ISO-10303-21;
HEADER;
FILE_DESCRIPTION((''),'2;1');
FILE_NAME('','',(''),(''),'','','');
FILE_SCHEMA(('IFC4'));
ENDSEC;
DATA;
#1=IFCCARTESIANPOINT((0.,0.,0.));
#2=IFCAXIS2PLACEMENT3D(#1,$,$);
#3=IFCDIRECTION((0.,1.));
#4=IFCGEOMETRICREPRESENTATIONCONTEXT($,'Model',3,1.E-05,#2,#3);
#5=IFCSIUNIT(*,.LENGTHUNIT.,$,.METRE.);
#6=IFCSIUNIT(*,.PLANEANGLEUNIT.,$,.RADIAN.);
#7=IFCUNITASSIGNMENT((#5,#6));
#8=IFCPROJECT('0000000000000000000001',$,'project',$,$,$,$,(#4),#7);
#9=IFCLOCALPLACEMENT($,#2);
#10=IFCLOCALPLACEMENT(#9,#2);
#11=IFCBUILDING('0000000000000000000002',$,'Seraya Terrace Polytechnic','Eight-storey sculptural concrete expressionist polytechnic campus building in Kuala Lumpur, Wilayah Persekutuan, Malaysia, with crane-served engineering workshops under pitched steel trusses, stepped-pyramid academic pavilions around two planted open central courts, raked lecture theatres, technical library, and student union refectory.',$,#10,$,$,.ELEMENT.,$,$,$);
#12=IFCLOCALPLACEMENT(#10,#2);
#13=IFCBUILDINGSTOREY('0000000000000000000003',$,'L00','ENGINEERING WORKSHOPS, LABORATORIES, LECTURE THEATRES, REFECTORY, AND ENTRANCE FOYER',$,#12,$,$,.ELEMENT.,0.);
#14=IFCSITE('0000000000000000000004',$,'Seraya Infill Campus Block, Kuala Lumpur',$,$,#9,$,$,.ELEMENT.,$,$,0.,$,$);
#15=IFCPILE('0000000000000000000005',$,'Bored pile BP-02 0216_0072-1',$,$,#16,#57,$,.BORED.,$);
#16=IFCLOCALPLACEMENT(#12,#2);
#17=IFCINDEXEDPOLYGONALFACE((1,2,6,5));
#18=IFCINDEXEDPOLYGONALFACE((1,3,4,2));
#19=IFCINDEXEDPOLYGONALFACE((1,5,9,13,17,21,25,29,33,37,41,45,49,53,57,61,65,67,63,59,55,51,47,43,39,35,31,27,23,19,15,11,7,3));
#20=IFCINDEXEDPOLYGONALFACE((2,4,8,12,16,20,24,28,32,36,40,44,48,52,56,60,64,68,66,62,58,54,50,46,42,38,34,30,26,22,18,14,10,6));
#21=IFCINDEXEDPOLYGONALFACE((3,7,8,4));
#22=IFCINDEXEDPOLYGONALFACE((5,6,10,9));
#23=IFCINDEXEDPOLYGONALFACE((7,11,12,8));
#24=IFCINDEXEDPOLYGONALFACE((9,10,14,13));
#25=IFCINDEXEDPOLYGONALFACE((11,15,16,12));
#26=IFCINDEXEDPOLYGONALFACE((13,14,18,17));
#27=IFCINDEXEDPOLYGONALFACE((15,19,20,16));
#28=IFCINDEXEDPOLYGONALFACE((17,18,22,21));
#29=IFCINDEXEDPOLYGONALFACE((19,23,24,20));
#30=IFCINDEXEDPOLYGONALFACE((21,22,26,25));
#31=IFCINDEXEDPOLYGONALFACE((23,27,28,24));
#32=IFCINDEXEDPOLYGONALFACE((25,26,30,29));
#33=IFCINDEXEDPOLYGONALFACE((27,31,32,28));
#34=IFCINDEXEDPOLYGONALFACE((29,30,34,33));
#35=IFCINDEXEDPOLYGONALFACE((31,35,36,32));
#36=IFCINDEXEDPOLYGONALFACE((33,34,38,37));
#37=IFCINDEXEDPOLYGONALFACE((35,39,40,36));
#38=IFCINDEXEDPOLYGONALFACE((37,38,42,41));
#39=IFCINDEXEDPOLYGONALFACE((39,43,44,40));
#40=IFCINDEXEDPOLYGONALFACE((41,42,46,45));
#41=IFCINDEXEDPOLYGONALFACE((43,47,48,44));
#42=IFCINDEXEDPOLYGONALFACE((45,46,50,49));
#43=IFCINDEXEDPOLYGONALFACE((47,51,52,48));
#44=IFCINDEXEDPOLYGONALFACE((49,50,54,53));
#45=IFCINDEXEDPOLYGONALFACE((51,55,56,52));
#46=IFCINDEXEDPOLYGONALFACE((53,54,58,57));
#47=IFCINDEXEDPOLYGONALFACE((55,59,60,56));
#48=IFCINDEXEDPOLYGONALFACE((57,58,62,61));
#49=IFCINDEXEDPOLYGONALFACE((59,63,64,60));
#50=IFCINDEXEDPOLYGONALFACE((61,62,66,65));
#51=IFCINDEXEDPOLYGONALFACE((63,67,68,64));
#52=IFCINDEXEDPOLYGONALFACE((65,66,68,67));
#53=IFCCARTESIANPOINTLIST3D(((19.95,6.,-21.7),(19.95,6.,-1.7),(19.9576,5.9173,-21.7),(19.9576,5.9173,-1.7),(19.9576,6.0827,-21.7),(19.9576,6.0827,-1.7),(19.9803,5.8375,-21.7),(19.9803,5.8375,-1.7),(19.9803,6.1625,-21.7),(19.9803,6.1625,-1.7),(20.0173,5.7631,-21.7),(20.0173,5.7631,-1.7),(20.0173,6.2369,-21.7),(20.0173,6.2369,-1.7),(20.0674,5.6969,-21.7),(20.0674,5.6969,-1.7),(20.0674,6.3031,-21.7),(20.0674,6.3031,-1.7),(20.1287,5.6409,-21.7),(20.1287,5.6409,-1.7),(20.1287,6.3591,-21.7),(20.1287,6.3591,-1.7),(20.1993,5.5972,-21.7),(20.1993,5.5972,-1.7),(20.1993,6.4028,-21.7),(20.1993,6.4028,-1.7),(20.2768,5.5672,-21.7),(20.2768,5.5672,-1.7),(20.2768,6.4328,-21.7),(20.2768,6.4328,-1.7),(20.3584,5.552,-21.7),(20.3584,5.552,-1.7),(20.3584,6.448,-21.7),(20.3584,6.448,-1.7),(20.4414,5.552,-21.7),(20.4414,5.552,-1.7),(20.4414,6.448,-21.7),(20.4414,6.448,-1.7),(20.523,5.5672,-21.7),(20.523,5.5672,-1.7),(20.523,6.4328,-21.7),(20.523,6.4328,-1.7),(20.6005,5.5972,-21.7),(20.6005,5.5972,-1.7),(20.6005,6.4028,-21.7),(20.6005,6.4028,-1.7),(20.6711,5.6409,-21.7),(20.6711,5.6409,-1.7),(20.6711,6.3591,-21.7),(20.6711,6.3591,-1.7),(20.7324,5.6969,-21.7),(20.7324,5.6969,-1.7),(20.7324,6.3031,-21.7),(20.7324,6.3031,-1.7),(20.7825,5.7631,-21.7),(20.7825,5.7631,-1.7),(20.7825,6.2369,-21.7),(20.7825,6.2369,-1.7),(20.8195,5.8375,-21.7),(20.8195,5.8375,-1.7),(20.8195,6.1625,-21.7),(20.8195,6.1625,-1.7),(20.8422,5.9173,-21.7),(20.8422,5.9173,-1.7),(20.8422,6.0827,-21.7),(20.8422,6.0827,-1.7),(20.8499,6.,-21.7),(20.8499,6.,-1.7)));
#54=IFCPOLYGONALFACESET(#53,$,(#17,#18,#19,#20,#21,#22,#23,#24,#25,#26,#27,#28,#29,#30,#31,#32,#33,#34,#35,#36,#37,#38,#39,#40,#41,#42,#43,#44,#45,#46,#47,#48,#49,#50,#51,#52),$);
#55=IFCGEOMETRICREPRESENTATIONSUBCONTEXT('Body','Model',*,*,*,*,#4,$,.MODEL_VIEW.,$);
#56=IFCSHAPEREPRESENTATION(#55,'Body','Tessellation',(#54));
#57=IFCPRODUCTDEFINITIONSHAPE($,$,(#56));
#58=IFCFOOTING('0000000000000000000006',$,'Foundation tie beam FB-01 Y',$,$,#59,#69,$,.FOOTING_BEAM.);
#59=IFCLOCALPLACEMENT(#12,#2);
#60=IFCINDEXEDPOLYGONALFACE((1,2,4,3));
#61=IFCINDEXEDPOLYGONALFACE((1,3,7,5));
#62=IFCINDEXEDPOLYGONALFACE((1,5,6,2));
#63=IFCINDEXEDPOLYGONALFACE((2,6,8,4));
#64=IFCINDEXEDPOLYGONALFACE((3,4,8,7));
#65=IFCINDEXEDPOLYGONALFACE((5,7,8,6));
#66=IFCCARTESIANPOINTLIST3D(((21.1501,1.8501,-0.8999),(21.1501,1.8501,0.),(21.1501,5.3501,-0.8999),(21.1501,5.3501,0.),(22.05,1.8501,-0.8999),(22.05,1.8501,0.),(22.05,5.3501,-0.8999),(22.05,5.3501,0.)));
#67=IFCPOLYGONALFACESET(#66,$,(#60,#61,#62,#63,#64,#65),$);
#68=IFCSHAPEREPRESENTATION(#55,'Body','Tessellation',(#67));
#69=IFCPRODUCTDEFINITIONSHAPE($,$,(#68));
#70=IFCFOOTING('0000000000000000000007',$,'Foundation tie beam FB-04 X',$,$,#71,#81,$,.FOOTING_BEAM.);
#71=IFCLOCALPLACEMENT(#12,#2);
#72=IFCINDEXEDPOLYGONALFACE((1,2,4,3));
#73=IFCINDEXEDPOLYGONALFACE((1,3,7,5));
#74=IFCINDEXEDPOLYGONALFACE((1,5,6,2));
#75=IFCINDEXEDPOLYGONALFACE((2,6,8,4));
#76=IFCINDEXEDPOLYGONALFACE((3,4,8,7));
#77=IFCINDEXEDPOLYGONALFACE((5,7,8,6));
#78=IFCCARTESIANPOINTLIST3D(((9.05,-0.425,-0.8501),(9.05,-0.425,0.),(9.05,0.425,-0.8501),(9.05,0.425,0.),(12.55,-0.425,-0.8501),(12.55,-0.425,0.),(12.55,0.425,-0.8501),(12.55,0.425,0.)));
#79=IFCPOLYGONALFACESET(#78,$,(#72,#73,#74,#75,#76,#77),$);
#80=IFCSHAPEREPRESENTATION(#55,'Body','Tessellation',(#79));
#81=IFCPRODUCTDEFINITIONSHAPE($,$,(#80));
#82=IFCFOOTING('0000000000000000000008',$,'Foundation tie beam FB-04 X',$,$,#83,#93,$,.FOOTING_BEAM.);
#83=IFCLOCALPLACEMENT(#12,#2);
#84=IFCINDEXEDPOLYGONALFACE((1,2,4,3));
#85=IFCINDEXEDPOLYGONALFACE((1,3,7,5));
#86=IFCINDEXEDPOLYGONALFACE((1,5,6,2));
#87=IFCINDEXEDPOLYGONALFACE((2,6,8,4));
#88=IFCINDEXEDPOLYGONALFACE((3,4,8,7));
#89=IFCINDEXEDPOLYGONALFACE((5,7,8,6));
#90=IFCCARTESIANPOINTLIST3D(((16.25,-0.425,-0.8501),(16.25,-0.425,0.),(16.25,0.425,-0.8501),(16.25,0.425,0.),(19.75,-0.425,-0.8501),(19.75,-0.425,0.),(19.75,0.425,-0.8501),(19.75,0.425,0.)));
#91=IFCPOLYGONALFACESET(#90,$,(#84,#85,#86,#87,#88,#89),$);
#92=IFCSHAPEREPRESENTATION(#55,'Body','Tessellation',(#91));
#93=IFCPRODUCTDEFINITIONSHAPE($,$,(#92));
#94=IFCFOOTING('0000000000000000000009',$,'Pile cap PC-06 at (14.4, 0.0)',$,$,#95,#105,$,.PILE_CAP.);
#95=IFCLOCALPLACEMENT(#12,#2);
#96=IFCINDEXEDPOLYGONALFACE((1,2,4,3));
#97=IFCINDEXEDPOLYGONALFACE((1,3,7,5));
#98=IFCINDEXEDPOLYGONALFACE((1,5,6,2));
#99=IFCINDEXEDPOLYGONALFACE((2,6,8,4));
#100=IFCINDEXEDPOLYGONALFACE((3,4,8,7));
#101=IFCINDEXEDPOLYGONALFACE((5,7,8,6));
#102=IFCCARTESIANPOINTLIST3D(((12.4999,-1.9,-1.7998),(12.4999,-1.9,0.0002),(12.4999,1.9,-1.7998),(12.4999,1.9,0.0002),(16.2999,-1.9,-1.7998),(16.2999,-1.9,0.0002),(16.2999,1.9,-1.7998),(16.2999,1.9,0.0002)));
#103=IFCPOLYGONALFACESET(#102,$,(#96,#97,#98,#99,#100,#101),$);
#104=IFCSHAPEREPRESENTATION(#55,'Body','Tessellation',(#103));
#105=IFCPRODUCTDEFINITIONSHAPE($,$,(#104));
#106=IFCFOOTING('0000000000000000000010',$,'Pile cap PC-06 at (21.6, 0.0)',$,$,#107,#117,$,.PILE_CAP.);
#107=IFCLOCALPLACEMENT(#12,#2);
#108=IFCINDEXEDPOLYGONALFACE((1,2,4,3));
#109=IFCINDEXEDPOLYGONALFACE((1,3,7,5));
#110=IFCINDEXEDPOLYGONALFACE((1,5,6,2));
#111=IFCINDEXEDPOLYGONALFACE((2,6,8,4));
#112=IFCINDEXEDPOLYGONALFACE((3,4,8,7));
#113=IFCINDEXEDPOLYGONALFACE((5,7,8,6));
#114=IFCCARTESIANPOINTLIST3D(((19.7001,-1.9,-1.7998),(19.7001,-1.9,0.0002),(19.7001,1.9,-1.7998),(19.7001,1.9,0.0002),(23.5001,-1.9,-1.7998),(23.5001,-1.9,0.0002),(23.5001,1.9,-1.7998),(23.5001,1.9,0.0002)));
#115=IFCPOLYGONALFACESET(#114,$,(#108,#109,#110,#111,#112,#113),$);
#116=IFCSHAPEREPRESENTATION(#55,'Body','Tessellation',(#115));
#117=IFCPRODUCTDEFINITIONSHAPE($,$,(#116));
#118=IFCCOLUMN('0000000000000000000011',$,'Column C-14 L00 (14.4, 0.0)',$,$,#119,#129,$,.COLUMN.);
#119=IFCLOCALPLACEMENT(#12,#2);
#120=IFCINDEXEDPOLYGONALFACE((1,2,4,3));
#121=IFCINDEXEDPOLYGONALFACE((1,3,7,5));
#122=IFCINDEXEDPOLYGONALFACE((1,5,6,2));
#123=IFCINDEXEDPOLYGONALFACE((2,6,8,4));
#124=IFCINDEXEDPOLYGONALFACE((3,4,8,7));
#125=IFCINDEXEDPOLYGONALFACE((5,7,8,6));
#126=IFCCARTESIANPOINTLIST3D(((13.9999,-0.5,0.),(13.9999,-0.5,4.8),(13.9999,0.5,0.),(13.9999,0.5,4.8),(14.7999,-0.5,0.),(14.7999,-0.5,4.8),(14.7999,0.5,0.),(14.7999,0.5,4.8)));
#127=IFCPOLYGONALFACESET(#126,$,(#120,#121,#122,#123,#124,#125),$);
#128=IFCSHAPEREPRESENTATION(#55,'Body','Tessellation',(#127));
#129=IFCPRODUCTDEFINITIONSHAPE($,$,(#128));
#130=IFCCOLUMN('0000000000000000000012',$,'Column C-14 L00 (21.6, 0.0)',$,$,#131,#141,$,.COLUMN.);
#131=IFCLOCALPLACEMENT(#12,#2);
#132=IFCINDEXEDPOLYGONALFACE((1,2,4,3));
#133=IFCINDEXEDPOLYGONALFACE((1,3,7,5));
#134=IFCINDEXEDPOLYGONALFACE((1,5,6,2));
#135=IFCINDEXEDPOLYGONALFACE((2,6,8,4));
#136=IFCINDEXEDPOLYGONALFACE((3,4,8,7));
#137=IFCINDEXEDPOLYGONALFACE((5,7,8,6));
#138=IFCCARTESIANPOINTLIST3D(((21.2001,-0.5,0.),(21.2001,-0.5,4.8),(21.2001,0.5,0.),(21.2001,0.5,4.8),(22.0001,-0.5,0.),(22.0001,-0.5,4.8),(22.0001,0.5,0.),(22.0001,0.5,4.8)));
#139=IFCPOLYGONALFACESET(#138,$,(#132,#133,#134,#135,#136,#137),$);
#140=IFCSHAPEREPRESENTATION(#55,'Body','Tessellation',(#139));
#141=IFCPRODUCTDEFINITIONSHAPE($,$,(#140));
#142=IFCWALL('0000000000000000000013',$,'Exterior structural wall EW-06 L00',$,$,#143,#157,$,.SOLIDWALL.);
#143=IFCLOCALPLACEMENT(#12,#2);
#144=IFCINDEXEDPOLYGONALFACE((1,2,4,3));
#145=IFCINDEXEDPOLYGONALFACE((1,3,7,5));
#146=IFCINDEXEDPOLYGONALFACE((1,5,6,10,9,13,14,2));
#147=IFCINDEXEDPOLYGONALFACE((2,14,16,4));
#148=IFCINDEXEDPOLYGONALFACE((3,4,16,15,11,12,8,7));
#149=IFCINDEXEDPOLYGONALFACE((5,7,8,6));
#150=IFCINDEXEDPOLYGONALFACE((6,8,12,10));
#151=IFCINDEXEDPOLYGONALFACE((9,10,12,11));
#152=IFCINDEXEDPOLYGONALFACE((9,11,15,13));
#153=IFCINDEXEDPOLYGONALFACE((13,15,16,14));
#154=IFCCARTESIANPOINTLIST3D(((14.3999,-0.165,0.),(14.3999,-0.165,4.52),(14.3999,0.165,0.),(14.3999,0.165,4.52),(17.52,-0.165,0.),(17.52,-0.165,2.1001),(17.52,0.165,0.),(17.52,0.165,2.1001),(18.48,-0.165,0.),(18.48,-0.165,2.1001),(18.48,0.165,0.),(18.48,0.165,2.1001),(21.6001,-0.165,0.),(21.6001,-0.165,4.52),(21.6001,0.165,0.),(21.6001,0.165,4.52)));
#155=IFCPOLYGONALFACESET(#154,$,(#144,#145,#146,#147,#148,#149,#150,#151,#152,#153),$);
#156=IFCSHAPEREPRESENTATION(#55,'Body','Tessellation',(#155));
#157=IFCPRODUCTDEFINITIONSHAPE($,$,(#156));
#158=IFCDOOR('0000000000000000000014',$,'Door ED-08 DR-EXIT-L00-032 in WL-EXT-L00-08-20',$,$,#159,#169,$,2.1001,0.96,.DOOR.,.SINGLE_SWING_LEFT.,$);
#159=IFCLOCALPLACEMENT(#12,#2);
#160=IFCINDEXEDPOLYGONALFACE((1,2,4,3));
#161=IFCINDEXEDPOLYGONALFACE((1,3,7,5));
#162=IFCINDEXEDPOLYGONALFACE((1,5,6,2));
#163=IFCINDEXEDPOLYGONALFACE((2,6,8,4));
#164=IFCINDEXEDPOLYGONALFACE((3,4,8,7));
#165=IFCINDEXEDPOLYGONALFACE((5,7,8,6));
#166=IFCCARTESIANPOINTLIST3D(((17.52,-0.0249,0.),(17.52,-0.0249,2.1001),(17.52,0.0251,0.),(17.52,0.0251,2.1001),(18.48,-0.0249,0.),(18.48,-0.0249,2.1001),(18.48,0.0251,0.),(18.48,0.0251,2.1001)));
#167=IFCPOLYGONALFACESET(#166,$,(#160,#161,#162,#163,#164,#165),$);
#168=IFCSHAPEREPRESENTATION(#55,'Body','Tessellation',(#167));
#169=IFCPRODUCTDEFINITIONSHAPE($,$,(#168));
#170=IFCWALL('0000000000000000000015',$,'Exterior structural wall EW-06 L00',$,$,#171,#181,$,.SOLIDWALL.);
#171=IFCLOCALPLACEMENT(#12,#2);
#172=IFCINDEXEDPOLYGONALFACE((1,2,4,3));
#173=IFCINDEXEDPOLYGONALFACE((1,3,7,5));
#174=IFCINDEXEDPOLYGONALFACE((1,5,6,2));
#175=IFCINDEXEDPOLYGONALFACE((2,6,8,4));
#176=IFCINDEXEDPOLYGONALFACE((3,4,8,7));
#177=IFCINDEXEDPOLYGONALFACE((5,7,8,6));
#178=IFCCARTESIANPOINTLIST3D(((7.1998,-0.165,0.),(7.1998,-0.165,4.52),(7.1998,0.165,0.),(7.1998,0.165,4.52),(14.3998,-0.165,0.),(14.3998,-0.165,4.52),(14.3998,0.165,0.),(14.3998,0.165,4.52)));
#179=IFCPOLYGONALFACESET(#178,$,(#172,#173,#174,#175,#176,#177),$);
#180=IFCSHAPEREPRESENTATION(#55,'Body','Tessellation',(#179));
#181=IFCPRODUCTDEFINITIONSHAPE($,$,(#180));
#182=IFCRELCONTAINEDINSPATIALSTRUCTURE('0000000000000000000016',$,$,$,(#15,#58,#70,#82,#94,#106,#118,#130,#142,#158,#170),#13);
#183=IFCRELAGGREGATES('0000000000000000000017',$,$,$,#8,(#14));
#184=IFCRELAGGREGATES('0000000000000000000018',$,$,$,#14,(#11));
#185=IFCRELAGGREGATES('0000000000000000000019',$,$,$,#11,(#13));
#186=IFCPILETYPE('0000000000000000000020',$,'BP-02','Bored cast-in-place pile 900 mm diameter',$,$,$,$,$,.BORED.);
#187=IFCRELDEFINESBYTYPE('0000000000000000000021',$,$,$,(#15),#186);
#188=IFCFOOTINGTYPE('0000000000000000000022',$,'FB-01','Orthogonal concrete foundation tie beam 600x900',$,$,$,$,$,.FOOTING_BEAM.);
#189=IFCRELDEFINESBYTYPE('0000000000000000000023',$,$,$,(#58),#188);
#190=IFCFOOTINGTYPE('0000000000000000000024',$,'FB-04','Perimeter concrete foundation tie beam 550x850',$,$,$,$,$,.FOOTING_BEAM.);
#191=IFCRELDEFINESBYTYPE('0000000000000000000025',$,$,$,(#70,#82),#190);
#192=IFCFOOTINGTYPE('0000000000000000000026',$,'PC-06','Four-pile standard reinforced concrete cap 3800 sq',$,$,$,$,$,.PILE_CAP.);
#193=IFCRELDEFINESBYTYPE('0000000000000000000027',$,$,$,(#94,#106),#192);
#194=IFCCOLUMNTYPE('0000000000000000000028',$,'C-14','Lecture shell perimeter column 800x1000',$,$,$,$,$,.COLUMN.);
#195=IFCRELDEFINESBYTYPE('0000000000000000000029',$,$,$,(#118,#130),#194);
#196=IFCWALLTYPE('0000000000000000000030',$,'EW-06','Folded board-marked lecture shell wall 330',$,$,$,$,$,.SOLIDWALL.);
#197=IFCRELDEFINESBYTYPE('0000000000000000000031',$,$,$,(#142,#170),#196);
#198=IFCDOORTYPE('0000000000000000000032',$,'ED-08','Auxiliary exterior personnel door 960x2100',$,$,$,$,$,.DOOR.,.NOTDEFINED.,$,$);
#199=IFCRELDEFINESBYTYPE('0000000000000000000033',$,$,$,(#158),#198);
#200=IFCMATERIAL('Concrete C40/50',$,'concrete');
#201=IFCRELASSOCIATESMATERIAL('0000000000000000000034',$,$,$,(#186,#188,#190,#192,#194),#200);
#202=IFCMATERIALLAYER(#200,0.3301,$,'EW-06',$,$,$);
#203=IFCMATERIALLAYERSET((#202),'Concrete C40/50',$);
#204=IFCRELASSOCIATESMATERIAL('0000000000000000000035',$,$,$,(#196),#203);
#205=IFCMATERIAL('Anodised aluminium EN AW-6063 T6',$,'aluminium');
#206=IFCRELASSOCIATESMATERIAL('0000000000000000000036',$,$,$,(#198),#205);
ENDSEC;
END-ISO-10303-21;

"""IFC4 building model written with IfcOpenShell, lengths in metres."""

from ifc_helpers import new_model, si_unit, direction, frame, frame_2d, origin, origin_2d, place, context, subcontext, project, spatial, rectangle, circle, extrude, material, layer, layer_set, material_profile, profile_set, type_object, element, fill, save


model = new_model("IFC4")

# Units and contexts
model_context = context("Model", 3, precision=1e-05, world=origin(), true_north=direction((0.0, 1.0)))
body_context = subcontext(model_context, "Body", "Model", "MODEL_VIEW")
ifc_project = project(units=[si_unit("LENGTHUNIT", "METRE"), si_unit("PLANEANGLEUNIT", "RADIAN")], contexts=[model_context])

# Site, building, storey
site_placement = place(None, origin())
site = spatial("IfcSite", under=ifc_project, at=site_placement, Name="Seraya Infill Campus Block, Kuala Lumpur", CompositionType="ELEMENT", RefElevation=0.0)
building_placement = place(site_placement, origin())
building = spatial("IfcBuilding", under=site, at=building_placement, Name="Seraya Terrace Polytechnic", Description="Eight-storey sculptural concrete expressionist polytechnic campus building in Kuala Lumpur, Wilayah Persekutuan, Malaysia, with crane-served engineering workshops under pitched steel trusses, stepped-pyramid academic pavilions around two planted open central courts, raked lecture theatres, technical library, and student union refectory.", CompositionType="ELEMENT")
storey_placement = place(building_placement, origin())
storey = spatial("IfcBuildingStorey", under=building, at=storey_placement, Name="L00", Description="ENGINEERING WORKSHOPS, LABORATORIES, LECTURE THEATRES, REFECTORY, AND ENTRANCE FOYER", CompositionType="ELEMENT", Elevation=0.0)

# Pile
ifc_material_1 = material(Name="Concrete C40/50", Category="concrete")
ifc_material_profile_1 = material_profile(ifc_material_1, circle(Radius=0.45, at=origin_2d()), Name="DIA 900")
ifc_profile_set_1 = profile_set([ifc_material_profile_1], Name="Concrete C40/50")
pile_type = type_object("IfcPileType", Name="BP-02", Description="Bored cast-in-place pile 900 mm diameter", PredefinedType="BORED", material=ifc_profile_set_1)
for number, where, z_axis, x_axis, name in (
    (1, (20.3999, 6.0, -1.7), (0.0, 0.0, -1.0), (1.0, 0.0, 0.0), "Bored pile BP-02 0216_0072-1"),
):
    element("IfcPile", number, at=place(storey_placement, frame(where, z_axis=z_axis, x_axis=x_axis)), inside=storey, type_object=pile_type, Name=name, PredefinedType="BORED", context=body_context, shape_type="SweptSolid", body=[
        extrude(circle(Radius=0.45, at=origin_2d()), origin(), (0.0, 0.0, 1.0), 20.0),
    ])

# Footings
footing_type_1 = type_object("IfcFootingType", Name="FB-01", Description="Orthogonal concrete foundation tie beam 600x900", PredefinedType="FOOTING_BEAM", material=ifc_material_1)
footing_placement = place(storey_placement, frame((21.6001, 3.6001, -0.8999), z_axis=(0.0, 0.0, 1.0), x_axis=(0.0, 1.0, 0.0)))
element("IfcFooting", 2, at=footing_placement, inside=storey, type_object=footing_type_1, Name="Foundation tie beam FB-01 Y", PredefinedType="FOOTING_BEAM", context=body_context, shape_type="SweptSolid", body=[
    extrude(rectangle(XDim=3.5, YDim=0.8999, at=origin_2d()), origin(), (0.0, 0.0, 1.0), 0.8999),
])
footing_type_2 = type_object("IfcFootingType", Name="FB-04", Description="Perimeter concrete foundation tie beam 550x850", PredefinedType="FOOTING_BEAM", material=ifc_material_1)
for number, where, z_axis, x_axis, name in (
    (3, (10.8, 0.0, -0.8501), (0.0, 0.0, 1.0), (1.0, 0.0, 0.0), "Foundation tie beam FB-04 X"),
    (4, (18.0, 0.0, -0.8501), (0.0, 0.0, 1.0), (1.0, 0.0, 0.0), "Foundation tie beam FB-04 X"),
):
    element("IfcFooting", number, at=place(storey_placement, frame(where, z_axis=z_axis, x_axis=x_axis)), inside=storey, type_object=footing_type_2, Name=name, PredefinedType="FOOTING_BEAM", context=body_context, shape_type="SweptSolid", body=[
        extrude(rectangle(XDim=3.5, YDim=0.8501, at=origin_2d()), origin(), (0.0, 0.0, 1.0), 0.8501),
    ])
footing_type_3 = type_object("IfcFootingType", Name="PC-06", Description="Four-pile standard reinforced concrete cap 3800 sq", PredefinedType="PILE_CAP", material=ifc_material_1)
for number, where, z_axis, x_axis, name in (
    (5, (14.3999, 0.0, -1.7998), (0.0, 0.0, 1.0), (1.0, 0.0, 0.0), "Pile cap PC-06 at (14.4, 0.0)"),
    (6, (21.6001, 0.0, -1.7998), (0.0, 0.0, 1.0), (1.0, 0.0, 0.0), "Pile cap PC-06 at (21.6, 0.0)"),
):
    element("IfcFooting", number, at=place(storey_placement, frame(where, z_axis=z_axis, x_axis=x_axis)), inside=storey, type_object=footing_type_3, Name=name, PredefinedType="PILE_CAP", context=body_context, shape_type="SweptSolid", body=[
        extrude(rectangle(XDim=3.8, YDim=3.8, at=origin_2d()), origin(), (0.0, 0.0, 1.0), 1.8),
    ])

# Columns
ifc_material_profile_2 = material_profile(ifc_material_1, rectangle(XDim=0.8, YDim=1.0, at=origin_2d()), Name="RC 800x1000")
ifc_profile_set_2 = profile_set([ifc_material_profile_2], Name="Concrete C40/50")
column_type = type_object("IfcColumnType", Name="C-14", Description="Lecture shell perimeter column 800x1000", PredefinedType="COLUMN", material=ifc_profile_set_2)
for number, where, z_axis, x_axis, name in (
    (7, (14.3999, 0.0, 0.0), (0.0, 0.0, 1.0), (1.0, 0.0, 0.0), "Column C-14 L00 (14.4, 0.0)"),
    (8, (21.6001, 0.0, 0.0), (0.0, 0.0, 1.0), (1.0, 0.0, 0.0), "Column C-14 L00 (21.6, 0.0)"),
):
    element("IfcColumn", number, at=place(storey_placement, frame(where, z_axis=z_axis, x_axis=x_axis)), inside=storey, type_object=column_type, Name=name, PredefinedType="COLUMN", context=body_context, shape_type="SweptSolid", body=[
        extrude(rectangle(XDim=0.8, YDim=1.0, at=origin_2d()), origin(), (0.0, 0.0, 1.0), 4.8),
    ])

# Wall, opening, door
ifc_layer_1 = layer(ifc_material_1, 0.3301, Name="EW-06")
ifc_layer_set_1 = layer_set([ifc_layer_1], Name="Concrete C40/50")
wall_type_1 = type_object("IfcWallType", Name="EW-06", Description="Folded board-marked lecture shell wall 330", PredefinedType="SOLIDWALL", material=ifc_layer_set_1)
wall_1_placement = place(storey_placement, frame((21.6001, 0.0, 0.0), z_axis=(0.0, 0.0, 1.0), x_axis=(-1.0, 0.0, 0.0)))
wall_1 = element("IfcWall", 9, at=wall_1_placement, inside=storey, type_object=wall_type_1, Name="Exterior structural wall EW-06 L00", PredefinedType="SOLIDWALL", context=body_context, shape_type="SweptSolid", body=[
    extrude(rectangle(XDim=7.2002, YDim=0.3301, at=frame_2d((3.6001, 0.0))), origin(), (0.0, 0.0, 1.0), 4.52),
])
opening_placement = place(wall_1_placement, frame((3.1201, 0.0, 0.0)))
opening = element("IfcOpeningElement", 10, at=opening_placement, cuts=wall_1, PredefinedType="OPENING", context=body_context, shape_type="SweptSolid", body=[
    extrude(rectangle(XDim=0.96, YDim=2.1001, at=frame_2d((0.48, 1.05))), frame((0.0, 0.177, 0.0), z_axis=(0.0, -1.0, 0.0), x_axis=(1.0, 0.0, 0.0)), (0.0, 0.0, 1.0), 0.354),
])
ifc_material_2 = material(Name="Anodised aluminium EN AW-6063 T6", Category="aluminium")
door_type = type_object("IfcDoorType", Name="ED-08", Description="Auxiliary exterior personnel door 960x2100", OperationType="NOTDEFINED", PredefinedType="DOOR", material=ifc_material_2)
door_placement = place(opening_placement, origin())
door = element("IfcDoor", 11, at=door_placement, inside=storey, type_object=door_type, Name="Door ED-08 DR-EXIT-L00-032 in WL-EXT-L00-08-20", OperationType="SINGLE_SWING_LEFT", OverallHeight=2.1001, OverallWidth=0.96, PredefinedType="DOOR", context=body_context, shape_type="SweptSolid", body=[
    extrude(rectangle(XDim=0.96, YDim=2.1001, at=frame_2d((0.48, 1.05))), frame((0.0, 0.0249, 0.0), z_axis=(0.0, -1.0, 0.0), x_axis=(1.0, 0.0, 0.0)), (0.0, 0.0, 1.0), 0.05),
])
fill(opening, door)

# Wall
wall_2_placement = place(storey_placement, frame((14.3999, 0.0, 0.0), z_axis=(0.0, 0.0, 1.0), x_axis=(-1.0, 0.0, 0.0)))
element("IfcWall", 12, at=wall_2_placement, inside=storey, type_object=wall_type_1, Name="Exterior structural wall EW-06 L00", PredefinedType="SOLIDWALL", context=body_context, shape_type="SweptSolid", body=[
    extrude(rectangle(XDim=7.2, YDim=0.3301, at=frame_2d((3.6001, 0.0))), origin(), (0.0, 0.0, 1.0), 4.52),
])

save(model, "model.ifc")
